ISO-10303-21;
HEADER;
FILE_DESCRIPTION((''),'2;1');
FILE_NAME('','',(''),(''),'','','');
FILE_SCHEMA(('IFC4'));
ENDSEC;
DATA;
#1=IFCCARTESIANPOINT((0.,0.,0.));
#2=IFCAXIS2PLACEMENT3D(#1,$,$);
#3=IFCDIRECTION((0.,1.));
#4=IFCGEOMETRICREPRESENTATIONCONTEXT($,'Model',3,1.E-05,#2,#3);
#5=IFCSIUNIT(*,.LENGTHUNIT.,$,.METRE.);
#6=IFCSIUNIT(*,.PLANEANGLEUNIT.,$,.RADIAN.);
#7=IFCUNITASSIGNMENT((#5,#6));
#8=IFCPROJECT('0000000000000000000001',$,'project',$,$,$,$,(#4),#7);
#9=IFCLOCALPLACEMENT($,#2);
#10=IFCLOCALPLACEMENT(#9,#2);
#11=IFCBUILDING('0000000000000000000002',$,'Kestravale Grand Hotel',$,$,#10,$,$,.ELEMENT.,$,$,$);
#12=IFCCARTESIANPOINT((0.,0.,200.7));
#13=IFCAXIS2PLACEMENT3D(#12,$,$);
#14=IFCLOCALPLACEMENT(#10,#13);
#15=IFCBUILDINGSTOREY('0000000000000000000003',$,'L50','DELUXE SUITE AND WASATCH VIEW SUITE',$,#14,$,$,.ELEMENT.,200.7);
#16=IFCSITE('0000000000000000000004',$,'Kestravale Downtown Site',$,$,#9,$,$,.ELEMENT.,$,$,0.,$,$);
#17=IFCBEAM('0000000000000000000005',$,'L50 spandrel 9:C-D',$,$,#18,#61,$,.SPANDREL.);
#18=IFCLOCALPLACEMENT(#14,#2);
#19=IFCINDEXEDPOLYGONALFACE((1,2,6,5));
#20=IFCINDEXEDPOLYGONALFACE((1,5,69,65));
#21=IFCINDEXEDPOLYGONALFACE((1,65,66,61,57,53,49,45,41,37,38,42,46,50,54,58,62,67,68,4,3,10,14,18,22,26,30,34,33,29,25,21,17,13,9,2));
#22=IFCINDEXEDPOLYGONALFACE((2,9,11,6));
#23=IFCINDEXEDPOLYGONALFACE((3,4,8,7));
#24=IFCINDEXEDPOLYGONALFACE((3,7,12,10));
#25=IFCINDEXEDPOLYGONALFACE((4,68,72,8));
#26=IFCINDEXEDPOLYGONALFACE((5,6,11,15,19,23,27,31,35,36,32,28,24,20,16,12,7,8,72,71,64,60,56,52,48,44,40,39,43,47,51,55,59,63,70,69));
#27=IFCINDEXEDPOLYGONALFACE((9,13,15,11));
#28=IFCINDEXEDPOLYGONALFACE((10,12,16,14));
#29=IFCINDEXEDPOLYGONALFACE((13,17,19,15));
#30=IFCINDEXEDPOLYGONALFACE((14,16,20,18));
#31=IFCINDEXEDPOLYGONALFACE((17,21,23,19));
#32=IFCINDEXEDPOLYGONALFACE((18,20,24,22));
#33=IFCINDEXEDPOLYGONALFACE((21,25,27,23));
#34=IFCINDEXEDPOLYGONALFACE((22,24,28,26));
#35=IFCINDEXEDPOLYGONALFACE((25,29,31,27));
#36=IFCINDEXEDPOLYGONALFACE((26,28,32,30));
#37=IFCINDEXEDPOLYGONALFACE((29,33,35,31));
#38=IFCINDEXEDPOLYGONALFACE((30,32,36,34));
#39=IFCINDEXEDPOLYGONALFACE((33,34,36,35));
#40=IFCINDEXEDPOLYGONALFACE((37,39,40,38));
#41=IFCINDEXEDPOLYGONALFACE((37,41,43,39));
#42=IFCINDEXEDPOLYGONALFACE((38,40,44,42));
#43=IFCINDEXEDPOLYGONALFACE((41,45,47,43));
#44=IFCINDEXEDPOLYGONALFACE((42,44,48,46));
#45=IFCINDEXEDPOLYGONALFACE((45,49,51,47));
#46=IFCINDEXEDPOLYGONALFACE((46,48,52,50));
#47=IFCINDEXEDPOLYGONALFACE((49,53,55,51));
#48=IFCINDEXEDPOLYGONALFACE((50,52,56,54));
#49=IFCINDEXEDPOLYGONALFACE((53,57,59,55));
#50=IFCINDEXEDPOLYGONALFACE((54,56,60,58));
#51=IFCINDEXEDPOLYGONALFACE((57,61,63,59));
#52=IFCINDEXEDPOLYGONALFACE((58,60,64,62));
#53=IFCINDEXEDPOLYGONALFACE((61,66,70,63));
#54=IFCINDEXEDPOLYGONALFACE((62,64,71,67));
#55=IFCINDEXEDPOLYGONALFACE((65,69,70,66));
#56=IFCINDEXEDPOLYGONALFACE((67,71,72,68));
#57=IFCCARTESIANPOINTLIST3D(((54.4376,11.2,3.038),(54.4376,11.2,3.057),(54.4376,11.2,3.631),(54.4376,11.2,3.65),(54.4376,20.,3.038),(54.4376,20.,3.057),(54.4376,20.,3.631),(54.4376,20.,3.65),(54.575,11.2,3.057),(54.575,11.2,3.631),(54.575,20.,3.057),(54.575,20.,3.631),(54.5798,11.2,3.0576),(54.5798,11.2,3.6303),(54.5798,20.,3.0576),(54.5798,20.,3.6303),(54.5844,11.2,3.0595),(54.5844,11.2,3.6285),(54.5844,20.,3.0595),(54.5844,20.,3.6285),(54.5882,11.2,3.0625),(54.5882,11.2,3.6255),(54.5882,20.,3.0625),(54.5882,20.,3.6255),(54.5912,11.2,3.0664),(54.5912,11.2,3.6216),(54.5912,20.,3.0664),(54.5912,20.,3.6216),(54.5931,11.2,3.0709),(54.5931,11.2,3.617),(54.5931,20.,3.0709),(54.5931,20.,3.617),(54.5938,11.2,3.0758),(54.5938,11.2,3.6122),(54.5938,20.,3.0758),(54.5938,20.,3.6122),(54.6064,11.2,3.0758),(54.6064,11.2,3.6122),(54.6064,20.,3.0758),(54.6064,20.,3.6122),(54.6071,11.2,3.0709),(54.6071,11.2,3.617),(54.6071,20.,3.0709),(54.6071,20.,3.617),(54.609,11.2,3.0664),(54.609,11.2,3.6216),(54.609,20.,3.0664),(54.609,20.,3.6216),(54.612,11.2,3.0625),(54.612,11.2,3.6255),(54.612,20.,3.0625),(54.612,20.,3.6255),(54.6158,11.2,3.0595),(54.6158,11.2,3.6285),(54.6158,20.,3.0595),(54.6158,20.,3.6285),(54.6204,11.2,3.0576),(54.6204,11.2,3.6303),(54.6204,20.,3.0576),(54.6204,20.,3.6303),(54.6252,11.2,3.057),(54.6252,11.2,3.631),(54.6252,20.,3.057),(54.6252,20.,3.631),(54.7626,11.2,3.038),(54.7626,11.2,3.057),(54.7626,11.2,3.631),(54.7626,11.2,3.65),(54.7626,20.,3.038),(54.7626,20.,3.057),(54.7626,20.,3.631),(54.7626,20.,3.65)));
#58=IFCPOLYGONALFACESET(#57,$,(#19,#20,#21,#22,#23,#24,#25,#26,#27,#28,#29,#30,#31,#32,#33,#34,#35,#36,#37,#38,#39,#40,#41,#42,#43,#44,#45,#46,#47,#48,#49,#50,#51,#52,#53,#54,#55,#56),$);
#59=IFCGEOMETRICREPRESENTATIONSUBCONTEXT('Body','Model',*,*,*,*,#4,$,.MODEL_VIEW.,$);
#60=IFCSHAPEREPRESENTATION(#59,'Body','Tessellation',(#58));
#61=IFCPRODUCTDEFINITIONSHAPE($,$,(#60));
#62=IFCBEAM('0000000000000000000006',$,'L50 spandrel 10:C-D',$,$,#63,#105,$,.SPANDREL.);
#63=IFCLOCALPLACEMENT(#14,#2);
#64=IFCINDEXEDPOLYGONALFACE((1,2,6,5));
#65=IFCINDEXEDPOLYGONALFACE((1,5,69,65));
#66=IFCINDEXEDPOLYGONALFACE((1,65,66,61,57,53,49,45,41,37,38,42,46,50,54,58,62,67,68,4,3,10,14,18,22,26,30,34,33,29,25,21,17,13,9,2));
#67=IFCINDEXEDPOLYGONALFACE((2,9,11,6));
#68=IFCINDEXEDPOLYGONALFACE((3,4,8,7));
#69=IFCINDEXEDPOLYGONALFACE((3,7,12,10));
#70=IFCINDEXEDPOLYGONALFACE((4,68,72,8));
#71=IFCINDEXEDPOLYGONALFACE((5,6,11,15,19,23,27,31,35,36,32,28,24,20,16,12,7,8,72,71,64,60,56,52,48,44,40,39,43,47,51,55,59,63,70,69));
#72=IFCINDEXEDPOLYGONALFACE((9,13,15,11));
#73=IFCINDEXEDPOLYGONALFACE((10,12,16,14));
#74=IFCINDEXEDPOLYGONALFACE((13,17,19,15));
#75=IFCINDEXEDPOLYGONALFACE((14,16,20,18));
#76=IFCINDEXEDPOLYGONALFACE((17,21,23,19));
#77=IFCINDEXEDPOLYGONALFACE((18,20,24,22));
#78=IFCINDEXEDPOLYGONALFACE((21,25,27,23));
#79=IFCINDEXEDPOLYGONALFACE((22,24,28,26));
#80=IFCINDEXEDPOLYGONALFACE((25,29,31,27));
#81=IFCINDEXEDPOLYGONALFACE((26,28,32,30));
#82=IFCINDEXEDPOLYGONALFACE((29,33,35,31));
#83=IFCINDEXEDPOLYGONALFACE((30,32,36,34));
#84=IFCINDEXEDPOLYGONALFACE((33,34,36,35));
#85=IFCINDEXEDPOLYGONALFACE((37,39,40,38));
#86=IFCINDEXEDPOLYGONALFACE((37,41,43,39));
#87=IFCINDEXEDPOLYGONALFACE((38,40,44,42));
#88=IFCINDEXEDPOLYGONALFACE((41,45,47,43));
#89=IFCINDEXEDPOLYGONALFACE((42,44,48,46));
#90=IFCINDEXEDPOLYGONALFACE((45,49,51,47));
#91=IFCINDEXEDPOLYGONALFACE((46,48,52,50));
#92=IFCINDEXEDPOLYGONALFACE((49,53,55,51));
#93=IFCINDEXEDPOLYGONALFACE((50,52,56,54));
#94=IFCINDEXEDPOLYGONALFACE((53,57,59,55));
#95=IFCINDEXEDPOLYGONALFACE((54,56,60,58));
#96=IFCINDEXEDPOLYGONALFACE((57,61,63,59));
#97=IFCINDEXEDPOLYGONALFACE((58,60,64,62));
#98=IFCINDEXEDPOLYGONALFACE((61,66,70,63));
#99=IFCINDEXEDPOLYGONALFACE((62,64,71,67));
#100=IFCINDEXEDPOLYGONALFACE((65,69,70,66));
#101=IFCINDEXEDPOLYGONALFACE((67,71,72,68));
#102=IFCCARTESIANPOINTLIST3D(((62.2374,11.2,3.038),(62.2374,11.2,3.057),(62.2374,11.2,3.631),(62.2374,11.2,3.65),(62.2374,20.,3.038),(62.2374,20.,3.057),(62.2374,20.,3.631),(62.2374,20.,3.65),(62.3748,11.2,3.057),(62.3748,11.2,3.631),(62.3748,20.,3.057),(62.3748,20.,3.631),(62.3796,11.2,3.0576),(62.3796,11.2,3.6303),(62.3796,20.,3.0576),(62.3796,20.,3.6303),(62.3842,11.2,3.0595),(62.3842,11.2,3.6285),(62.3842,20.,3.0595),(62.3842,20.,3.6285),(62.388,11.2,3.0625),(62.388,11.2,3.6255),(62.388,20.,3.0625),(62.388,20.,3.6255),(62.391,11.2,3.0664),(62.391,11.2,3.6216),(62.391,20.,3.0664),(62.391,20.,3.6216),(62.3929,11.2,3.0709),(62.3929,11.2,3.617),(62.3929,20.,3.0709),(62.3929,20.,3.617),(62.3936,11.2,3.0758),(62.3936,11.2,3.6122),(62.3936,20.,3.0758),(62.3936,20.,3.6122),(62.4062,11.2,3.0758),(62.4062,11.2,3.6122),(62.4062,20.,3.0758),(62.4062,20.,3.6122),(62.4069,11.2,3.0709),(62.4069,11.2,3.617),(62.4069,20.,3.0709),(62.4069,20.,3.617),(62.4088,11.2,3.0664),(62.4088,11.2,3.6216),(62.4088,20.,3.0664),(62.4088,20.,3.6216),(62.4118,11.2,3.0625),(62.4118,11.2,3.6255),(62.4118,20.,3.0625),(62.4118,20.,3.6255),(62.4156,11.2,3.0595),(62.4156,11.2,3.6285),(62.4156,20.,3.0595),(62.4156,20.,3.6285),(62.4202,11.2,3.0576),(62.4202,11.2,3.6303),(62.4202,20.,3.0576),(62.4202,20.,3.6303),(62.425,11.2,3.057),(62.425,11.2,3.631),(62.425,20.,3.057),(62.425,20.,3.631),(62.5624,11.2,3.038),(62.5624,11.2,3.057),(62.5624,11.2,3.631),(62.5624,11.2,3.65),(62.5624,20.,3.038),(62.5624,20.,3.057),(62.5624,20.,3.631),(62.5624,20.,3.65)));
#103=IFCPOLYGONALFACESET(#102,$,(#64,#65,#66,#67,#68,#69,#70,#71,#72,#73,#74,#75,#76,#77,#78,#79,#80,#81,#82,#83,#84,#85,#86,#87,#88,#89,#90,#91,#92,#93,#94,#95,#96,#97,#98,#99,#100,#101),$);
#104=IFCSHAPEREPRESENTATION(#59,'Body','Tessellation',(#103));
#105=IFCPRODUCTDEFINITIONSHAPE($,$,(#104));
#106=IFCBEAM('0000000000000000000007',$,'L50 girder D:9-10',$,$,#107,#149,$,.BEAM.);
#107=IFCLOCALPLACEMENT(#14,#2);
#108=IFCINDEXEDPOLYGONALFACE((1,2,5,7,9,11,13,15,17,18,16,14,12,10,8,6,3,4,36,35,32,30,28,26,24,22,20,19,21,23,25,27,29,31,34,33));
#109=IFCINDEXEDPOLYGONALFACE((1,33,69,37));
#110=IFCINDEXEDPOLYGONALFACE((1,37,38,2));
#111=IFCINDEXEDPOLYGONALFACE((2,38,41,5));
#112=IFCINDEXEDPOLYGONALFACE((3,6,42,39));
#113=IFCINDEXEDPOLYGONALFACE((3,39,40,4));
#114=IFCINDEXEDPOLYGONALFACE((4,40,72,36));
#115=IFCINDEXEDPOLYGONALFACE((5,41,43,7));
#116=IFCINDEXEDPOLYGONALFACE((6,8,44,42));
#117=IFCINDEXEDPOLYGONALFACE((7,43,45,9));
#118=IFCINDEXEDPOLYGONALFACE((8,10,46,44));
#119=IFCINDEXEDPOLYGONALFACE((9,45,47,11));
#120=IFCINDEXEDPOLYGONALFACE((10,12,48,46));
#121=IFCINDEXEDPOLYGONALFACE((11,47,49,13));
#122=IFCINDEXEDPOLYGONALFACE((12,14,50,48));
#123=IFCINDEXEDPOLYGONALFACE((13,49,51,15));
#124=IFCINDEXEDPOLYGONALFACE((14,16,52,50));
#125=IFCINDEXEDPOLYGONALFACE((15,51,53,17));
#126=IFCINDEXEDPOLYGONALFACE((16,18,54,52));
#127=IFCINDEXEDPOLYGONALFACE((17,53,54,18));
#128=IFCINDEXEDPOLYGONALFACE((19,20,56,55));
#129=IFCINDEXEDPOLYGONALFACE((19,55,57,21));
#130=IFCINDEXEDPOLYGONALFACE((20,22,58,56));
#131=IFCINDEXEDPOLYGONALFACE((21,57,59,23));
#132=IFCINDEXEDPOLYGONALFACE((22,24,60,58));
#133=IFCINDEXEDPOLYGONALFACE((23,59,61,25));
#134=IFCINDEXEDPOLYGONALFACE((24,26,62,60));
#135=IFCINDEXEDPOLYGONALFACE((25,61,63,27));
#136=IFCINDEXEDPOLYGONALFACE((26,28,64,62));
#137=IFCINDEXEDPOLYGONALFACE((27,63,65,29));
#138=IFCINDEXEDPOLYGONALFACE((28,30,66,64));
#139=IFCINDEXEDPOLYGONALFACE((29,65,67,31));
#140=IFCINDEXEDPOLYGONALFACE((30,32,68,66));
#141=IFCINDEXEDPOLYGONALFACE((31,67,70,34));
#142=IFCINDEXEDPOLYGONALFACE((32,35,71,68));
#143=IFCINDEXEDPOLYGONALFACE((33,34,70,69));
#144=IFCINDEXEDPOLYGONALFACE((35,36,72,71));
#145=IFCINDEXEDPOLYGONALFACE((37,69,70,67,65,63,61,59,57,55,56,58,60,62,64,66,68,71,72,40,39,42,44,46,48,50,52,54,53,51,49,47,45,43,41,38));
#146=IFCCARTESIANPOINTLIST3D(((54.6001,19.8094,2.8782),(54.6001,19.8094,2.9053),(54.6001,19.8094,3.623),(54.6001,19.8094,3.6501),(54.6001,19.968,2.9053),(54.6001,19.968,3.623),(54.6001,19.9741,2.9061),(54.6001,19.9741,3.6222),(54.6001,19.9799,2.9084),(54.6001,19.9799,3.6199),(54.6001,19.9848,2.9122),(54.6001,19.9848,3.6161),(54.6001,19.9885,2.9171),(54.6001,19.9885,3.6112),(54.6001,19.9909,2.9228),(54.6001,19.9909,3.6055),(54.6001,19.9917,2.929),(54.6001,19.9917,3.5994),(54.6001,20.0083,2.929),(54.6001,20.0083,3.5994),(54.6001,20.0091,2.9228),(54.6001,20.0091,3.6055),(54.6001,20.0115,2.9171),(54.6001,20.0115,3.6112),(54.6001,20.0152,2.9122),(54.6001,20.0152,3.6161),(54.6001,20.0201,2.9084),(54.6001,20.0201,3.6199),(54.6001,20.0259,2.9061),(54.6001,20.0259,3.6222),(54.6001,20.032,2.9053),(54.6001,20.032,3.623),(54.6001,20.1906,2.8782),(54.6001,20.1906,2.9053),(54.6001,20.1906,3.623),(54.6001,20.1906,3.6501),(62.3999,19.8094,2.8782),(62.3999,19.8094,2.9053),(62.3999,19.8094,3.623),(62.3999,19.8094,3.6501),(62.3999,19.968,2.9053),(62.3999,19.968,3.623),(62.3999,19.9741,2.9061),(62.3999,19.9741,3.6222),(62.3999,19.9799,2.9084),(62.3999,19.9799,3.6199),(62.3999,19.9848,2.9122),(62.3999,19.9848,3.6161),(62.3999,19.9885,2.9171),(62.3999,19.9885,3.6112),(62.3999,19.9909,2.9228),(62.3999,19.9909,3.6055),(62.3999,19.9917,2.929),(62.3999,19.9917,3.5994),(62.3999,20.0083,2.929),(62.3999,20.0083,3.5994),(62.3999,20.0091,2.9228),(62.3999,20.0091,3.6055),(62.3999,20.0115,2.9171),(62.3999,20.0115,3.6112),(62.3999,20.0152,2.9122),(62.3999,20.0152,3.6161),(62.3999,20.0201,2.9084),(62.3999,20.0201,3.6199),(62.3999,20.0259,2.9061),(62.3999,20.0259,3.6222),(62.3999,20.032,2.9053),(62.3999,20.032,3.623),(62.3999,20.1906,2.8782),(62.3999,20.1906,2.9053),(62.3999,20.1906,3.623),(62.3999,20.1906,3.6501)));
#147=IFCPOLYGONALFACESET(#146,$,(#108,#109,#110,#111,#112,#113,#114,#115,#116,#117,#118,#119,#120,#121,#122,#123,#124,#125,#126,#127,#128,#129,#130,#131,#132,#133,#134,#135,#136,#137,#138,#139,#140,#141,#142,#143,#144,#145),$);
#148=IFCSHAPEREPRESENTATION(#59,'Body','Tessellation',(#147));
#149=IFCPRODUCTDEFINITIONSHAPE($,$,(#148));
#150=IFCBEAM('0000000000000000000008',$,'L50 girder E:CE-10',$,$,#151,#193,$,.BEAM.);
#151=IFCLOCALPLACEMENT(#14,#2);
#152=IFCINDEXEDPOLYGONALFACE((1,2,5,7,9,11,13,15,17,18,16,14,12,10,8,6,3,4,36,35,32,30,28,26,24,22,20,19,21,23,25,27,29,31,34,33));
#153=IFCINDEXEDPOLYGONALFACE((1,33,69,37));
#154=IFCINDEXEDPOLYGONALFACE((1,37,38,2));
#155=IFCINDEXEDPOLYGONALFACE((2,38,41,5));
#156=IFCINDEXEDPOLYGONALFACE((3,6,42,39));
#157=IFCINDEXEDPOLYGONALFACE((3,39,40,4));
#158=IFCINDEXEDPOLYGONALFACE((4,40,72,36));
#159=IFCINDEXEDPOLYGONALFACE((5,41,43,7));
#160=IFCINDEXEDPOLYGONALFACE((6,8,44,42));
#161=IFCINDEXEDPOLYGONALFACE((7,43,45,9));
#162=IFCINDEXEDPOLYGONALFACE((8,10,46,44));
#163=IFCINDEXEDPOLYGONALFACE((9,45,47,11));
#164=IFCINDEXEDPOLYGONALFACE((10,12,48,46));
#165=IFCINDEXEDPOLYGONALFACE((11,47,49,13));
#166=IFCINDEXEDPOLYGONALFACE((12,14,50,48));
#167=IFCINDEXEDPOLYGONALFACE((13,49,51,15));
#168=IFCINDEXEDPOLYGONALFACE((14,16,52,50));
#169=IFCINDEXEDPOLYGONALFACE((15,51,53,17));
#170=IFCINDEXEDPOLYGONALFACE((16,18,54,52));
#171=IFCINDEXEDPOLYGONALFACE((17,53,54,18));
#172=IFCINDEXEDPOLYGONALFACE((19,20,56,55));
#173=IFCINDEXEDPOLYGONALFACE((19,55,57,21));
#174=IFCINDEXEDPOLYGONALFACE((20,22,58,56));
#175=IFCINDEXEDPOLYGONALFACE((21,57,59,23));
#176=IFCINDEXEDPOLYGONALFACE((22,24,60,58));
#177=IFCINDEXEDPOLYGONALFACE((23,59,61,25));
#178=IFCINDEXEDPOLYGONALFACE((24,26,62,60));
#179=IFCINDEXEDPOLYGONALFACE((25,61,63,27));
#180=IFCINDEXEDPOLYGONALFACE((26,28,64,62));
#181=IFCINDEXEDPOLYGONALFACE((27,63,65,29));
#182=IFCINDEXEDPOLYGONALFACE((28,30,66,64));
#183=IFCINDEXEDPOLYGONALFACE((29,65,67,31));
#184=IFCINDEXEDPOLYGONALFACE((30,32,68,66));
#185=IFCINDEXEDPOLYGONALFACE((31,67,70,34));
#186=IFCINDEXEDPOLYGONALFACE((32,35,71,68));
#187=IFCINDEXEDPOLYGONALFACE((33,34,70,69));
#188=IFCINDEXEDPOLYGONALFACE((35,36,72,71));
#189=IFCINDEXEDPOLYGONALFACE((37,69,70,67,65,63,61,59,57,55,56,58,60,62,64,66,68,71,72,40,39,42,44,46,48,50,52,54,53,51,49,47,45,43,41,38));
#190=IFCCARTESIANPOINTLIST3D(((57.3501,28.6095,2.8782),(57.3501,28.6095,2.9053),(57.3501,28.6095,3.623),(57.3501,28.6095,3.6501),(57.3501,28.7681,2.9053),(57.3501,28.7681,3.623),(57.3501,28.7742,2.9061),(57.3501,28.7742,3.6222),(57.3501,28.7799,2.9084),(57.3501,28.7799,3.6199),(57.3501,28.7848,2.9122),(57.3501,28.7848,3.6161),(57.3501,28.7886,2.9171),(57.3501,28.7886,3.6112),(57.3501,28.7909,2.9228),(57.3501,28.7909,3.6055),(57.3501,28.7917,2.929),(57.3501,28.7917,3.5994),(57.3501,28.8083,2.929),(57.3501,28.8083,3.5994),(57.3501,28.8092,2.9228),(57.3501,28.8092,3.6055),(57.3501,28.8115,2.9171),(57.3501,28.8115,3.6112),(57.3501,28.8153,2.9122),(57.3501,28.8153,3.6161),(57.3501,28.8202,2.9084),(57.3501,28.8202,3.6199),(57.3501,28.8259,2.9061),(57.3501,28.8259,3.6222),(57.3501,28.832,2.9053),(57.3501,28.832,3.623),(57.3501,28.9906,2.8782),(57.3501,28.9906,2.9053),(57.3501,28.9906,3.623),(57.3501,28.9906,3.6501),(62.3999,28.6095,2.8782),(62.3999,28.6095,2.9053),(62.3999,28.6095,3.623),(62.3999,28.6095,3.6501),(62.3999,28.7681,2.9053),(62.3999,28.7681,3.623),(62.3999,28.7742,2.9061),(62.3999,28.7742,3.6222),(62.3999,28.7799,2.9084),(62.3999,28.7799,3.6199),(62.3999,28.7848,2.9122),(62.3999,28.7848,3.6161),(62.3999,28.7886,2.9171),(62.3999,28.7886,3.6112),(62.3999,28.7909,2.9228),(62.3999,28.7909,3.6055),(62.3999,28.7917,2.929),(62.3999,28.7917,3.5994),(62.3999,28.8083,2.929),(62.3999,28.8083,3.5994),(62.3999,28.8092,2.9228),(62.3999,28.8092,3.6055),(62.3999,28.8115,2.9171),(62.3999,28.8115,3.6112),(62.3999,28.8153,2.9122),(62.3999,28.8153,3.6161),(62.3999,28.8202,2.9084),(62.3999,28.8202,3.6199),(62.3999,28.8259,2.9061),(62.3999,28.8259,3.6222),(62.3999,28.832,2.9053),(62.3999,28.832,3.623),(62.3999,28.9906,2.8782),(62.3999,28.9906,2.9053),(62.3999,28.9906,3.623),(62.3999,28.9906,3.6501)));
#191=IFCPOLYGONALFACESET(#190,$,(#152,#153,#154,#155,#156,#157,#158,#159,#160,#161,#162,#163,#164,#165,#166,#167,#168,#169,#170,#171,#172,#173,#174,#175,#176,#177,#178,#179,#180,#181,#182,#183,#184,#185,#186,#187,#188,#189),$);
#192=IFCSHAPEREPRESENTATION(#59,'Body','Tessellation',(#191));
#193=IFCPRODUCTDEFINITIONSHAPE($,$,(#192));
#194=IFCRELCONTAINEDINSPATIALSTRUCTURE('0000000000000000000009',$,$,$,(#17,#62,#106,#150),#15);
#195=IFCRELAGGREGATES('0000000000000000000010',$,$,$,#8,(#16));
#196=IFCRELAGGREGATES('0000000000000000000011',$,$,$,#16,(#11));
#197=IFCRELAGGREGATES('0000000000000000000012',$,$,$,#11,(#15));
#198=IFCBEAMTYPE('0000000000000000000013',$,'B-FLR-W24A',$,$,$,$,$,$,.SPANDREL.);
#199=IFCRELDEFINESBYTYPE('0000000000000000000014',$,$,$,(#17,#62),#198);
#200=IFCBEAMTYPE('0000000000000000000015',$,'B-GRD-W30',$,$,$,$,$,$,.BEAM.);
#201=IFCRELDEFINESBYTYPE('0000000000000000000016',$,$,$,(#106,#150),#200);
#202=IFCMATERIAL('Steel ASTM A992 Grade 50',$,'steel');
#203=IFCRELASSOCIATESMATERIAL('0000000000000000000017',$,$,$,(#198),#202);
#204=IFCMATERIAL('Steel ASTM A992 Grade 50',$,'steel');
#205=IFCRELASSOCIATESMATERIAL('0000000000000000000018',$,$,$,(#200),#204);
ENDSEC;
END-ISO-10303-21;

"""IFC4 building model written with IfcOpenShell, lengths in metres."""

from ifc_helpers import new_model, si_unit, direction, frame, origin, origin_2d, place, context, subcontext, project, spatial, i_section, extrude, material, material_profile, profile_set, type_object, element, save


model = new_model("IFC4")

# Units and contexts
model_context = context("Model", 3, precision=1e-05, world=origin(), true_north=direction((0.0, 1.0)))
body_context = subcontext(model_context, "Body", "Model", "MODEL_VIEW")
ifc_project = project(units=[si_unit("LENGTHUNIT", "METRE"), si_unit("PLANEANGLEUNIT", "RADIAN")], contexts=[model_context])

# Site, building, storey
site_placement = place(None, origin())
site = spatial("IfcSite", under=ifc_project, at=site_placement, Name="Kestravale Downtown Site", CompositionType="ELEMENT", RefElevation=0.0)
building_placement = place(site_placement, origin())
building = spatial("IfcBuilding", under=site, at=building_placement, Name="Kestravale Grand Hotel", CompositionType="ELEMENT")
storey_placement = place(building_placement, frame((0.0, 0.0, 200.7)))
storey = spatial("IfcBuildingStorey", under=building, at=storey_placement, Name="L50", Description="DELUXE SUITE AND WASATCH VIEW SUITE", CompositionType="ELEMENT", Elevation=200.7)

# Beams
ifc_material_1 = material(Name="Steel ASTM A992 Grade 50", Category="steel")
ifc_material_profile_1 = material_profile(ifc_material_1, i_section(OverallWidth=0.325, OverallDepth=0.6121, WebThickness=0.0127, FlangeThickness=0.019, FilletRadius=0.0188, at=origin_2d()))
ifc_profile_set_1 = profile_set([ifc_material_profile_1], Name="Steel ASTM A992 Grade 50")
beam_type_1 = type_object("IfcBeamType", Name="B-FLR-W24A", PredefinedType="SPANDREL", material=ifc_profile_set_1)
for number, where, z_axis, x_axis, name in (
    (1, (54.6001, 11.2, 3.344), (0.0, 1.0, 0.0), (-1.0, 0.0, 0.0), "L50 spandrel 9:C-D"),
    (2, (62.3999, 11.2, 3.344), (0.0, 1.0, 0.0), (-1.0, 0.0, 0.0), "L50 spandrel 10:C-D"),
):
    element("IfcBeam", number, at=place(storey_placement, frame(where, z_axis=z_axis, x_axis=x_axis)), inside=storey, type_object=beam_type_1, Name=name, PredefinedType="SPANDREL", context=body_context, shape_type="SweptSolid", body=[
        extrude(i_section(OverallWidth=0.325, OverallDepth=0.6121, WebThickness=0.0127, FlangeThickness=0.019, FilletRadius=0.0188, at=origin_2d()), origin(), (0.0, 0.0, 1.0), 8.8),
    ])
ifc_material_2 = material(Name="Steel ASTM A992 Grade 50", Category="steel")
ifc_material_profile_2 = material_profile(ifc_material_2, i_section(OverallWidth=0.3811, OverallDepth=0.772, WebThickness=0.0166, FlangeThickness=0.0271, FilletRadius=0.0237, at=origin_2d()))
ifc_profile_set_2 = profile_set([ifc_material_profile_2], Name="Steel ASTM A992 Grade 50")
beam_type_2 = type_object("IfcBeamType", Name="B-GRD-W30", PredefinedType="BEAM", material=ifc_profile_set_2)
beam_1_placement = place(storey_placement, frame((54.6001, 20.0, 3.2642), z_axis=(1.0, 0.0, 0.0), x_axis=(0.0, 1.0, 0.0)))
element("IfcBeam", 3, at=beam_1_placement, inside=storey, type_object=beam_type_2, Name="L50 girder D:9-10", PredefinedType="BEAM", context=body_context, shape_type="SweptSolid", body=[
    extrude(i_section(OverallWidth=0.3811, OverallDepth=0.772, WebThickness=0.0166, FlangeThickness=0.0271, FilletRadius=0.0237, at=origin_2d()), origin(), (0.0, 0.0, 1.0), 7.7998),
])
beam_2_placement = place(storey_placement, frame((57.3501, 28.8, 3.2642), z_axis=(1.0, 0.0, 0.0), x_axis=(0.0, 1.0, 0.0)))
element("IfcBeam", 4, at=beam_2_placement, inside=storey, type_object=beam_type_2, Name="L50 girder E:CE-10", PredefinedType="BEAM", context=body_context, shape_type="SweptSolid", body=[
    extrude(i_section(OverallWidth=0.3811, OverallDepth=0.772, WebThickness=0.0166, FlangeThickness=0.0271, FilletRadius=0.0237, at=origin_2d()), origin(), (0.0, 0.0, 1.0), 5.0498),
])

save(model, "model.ifc")
